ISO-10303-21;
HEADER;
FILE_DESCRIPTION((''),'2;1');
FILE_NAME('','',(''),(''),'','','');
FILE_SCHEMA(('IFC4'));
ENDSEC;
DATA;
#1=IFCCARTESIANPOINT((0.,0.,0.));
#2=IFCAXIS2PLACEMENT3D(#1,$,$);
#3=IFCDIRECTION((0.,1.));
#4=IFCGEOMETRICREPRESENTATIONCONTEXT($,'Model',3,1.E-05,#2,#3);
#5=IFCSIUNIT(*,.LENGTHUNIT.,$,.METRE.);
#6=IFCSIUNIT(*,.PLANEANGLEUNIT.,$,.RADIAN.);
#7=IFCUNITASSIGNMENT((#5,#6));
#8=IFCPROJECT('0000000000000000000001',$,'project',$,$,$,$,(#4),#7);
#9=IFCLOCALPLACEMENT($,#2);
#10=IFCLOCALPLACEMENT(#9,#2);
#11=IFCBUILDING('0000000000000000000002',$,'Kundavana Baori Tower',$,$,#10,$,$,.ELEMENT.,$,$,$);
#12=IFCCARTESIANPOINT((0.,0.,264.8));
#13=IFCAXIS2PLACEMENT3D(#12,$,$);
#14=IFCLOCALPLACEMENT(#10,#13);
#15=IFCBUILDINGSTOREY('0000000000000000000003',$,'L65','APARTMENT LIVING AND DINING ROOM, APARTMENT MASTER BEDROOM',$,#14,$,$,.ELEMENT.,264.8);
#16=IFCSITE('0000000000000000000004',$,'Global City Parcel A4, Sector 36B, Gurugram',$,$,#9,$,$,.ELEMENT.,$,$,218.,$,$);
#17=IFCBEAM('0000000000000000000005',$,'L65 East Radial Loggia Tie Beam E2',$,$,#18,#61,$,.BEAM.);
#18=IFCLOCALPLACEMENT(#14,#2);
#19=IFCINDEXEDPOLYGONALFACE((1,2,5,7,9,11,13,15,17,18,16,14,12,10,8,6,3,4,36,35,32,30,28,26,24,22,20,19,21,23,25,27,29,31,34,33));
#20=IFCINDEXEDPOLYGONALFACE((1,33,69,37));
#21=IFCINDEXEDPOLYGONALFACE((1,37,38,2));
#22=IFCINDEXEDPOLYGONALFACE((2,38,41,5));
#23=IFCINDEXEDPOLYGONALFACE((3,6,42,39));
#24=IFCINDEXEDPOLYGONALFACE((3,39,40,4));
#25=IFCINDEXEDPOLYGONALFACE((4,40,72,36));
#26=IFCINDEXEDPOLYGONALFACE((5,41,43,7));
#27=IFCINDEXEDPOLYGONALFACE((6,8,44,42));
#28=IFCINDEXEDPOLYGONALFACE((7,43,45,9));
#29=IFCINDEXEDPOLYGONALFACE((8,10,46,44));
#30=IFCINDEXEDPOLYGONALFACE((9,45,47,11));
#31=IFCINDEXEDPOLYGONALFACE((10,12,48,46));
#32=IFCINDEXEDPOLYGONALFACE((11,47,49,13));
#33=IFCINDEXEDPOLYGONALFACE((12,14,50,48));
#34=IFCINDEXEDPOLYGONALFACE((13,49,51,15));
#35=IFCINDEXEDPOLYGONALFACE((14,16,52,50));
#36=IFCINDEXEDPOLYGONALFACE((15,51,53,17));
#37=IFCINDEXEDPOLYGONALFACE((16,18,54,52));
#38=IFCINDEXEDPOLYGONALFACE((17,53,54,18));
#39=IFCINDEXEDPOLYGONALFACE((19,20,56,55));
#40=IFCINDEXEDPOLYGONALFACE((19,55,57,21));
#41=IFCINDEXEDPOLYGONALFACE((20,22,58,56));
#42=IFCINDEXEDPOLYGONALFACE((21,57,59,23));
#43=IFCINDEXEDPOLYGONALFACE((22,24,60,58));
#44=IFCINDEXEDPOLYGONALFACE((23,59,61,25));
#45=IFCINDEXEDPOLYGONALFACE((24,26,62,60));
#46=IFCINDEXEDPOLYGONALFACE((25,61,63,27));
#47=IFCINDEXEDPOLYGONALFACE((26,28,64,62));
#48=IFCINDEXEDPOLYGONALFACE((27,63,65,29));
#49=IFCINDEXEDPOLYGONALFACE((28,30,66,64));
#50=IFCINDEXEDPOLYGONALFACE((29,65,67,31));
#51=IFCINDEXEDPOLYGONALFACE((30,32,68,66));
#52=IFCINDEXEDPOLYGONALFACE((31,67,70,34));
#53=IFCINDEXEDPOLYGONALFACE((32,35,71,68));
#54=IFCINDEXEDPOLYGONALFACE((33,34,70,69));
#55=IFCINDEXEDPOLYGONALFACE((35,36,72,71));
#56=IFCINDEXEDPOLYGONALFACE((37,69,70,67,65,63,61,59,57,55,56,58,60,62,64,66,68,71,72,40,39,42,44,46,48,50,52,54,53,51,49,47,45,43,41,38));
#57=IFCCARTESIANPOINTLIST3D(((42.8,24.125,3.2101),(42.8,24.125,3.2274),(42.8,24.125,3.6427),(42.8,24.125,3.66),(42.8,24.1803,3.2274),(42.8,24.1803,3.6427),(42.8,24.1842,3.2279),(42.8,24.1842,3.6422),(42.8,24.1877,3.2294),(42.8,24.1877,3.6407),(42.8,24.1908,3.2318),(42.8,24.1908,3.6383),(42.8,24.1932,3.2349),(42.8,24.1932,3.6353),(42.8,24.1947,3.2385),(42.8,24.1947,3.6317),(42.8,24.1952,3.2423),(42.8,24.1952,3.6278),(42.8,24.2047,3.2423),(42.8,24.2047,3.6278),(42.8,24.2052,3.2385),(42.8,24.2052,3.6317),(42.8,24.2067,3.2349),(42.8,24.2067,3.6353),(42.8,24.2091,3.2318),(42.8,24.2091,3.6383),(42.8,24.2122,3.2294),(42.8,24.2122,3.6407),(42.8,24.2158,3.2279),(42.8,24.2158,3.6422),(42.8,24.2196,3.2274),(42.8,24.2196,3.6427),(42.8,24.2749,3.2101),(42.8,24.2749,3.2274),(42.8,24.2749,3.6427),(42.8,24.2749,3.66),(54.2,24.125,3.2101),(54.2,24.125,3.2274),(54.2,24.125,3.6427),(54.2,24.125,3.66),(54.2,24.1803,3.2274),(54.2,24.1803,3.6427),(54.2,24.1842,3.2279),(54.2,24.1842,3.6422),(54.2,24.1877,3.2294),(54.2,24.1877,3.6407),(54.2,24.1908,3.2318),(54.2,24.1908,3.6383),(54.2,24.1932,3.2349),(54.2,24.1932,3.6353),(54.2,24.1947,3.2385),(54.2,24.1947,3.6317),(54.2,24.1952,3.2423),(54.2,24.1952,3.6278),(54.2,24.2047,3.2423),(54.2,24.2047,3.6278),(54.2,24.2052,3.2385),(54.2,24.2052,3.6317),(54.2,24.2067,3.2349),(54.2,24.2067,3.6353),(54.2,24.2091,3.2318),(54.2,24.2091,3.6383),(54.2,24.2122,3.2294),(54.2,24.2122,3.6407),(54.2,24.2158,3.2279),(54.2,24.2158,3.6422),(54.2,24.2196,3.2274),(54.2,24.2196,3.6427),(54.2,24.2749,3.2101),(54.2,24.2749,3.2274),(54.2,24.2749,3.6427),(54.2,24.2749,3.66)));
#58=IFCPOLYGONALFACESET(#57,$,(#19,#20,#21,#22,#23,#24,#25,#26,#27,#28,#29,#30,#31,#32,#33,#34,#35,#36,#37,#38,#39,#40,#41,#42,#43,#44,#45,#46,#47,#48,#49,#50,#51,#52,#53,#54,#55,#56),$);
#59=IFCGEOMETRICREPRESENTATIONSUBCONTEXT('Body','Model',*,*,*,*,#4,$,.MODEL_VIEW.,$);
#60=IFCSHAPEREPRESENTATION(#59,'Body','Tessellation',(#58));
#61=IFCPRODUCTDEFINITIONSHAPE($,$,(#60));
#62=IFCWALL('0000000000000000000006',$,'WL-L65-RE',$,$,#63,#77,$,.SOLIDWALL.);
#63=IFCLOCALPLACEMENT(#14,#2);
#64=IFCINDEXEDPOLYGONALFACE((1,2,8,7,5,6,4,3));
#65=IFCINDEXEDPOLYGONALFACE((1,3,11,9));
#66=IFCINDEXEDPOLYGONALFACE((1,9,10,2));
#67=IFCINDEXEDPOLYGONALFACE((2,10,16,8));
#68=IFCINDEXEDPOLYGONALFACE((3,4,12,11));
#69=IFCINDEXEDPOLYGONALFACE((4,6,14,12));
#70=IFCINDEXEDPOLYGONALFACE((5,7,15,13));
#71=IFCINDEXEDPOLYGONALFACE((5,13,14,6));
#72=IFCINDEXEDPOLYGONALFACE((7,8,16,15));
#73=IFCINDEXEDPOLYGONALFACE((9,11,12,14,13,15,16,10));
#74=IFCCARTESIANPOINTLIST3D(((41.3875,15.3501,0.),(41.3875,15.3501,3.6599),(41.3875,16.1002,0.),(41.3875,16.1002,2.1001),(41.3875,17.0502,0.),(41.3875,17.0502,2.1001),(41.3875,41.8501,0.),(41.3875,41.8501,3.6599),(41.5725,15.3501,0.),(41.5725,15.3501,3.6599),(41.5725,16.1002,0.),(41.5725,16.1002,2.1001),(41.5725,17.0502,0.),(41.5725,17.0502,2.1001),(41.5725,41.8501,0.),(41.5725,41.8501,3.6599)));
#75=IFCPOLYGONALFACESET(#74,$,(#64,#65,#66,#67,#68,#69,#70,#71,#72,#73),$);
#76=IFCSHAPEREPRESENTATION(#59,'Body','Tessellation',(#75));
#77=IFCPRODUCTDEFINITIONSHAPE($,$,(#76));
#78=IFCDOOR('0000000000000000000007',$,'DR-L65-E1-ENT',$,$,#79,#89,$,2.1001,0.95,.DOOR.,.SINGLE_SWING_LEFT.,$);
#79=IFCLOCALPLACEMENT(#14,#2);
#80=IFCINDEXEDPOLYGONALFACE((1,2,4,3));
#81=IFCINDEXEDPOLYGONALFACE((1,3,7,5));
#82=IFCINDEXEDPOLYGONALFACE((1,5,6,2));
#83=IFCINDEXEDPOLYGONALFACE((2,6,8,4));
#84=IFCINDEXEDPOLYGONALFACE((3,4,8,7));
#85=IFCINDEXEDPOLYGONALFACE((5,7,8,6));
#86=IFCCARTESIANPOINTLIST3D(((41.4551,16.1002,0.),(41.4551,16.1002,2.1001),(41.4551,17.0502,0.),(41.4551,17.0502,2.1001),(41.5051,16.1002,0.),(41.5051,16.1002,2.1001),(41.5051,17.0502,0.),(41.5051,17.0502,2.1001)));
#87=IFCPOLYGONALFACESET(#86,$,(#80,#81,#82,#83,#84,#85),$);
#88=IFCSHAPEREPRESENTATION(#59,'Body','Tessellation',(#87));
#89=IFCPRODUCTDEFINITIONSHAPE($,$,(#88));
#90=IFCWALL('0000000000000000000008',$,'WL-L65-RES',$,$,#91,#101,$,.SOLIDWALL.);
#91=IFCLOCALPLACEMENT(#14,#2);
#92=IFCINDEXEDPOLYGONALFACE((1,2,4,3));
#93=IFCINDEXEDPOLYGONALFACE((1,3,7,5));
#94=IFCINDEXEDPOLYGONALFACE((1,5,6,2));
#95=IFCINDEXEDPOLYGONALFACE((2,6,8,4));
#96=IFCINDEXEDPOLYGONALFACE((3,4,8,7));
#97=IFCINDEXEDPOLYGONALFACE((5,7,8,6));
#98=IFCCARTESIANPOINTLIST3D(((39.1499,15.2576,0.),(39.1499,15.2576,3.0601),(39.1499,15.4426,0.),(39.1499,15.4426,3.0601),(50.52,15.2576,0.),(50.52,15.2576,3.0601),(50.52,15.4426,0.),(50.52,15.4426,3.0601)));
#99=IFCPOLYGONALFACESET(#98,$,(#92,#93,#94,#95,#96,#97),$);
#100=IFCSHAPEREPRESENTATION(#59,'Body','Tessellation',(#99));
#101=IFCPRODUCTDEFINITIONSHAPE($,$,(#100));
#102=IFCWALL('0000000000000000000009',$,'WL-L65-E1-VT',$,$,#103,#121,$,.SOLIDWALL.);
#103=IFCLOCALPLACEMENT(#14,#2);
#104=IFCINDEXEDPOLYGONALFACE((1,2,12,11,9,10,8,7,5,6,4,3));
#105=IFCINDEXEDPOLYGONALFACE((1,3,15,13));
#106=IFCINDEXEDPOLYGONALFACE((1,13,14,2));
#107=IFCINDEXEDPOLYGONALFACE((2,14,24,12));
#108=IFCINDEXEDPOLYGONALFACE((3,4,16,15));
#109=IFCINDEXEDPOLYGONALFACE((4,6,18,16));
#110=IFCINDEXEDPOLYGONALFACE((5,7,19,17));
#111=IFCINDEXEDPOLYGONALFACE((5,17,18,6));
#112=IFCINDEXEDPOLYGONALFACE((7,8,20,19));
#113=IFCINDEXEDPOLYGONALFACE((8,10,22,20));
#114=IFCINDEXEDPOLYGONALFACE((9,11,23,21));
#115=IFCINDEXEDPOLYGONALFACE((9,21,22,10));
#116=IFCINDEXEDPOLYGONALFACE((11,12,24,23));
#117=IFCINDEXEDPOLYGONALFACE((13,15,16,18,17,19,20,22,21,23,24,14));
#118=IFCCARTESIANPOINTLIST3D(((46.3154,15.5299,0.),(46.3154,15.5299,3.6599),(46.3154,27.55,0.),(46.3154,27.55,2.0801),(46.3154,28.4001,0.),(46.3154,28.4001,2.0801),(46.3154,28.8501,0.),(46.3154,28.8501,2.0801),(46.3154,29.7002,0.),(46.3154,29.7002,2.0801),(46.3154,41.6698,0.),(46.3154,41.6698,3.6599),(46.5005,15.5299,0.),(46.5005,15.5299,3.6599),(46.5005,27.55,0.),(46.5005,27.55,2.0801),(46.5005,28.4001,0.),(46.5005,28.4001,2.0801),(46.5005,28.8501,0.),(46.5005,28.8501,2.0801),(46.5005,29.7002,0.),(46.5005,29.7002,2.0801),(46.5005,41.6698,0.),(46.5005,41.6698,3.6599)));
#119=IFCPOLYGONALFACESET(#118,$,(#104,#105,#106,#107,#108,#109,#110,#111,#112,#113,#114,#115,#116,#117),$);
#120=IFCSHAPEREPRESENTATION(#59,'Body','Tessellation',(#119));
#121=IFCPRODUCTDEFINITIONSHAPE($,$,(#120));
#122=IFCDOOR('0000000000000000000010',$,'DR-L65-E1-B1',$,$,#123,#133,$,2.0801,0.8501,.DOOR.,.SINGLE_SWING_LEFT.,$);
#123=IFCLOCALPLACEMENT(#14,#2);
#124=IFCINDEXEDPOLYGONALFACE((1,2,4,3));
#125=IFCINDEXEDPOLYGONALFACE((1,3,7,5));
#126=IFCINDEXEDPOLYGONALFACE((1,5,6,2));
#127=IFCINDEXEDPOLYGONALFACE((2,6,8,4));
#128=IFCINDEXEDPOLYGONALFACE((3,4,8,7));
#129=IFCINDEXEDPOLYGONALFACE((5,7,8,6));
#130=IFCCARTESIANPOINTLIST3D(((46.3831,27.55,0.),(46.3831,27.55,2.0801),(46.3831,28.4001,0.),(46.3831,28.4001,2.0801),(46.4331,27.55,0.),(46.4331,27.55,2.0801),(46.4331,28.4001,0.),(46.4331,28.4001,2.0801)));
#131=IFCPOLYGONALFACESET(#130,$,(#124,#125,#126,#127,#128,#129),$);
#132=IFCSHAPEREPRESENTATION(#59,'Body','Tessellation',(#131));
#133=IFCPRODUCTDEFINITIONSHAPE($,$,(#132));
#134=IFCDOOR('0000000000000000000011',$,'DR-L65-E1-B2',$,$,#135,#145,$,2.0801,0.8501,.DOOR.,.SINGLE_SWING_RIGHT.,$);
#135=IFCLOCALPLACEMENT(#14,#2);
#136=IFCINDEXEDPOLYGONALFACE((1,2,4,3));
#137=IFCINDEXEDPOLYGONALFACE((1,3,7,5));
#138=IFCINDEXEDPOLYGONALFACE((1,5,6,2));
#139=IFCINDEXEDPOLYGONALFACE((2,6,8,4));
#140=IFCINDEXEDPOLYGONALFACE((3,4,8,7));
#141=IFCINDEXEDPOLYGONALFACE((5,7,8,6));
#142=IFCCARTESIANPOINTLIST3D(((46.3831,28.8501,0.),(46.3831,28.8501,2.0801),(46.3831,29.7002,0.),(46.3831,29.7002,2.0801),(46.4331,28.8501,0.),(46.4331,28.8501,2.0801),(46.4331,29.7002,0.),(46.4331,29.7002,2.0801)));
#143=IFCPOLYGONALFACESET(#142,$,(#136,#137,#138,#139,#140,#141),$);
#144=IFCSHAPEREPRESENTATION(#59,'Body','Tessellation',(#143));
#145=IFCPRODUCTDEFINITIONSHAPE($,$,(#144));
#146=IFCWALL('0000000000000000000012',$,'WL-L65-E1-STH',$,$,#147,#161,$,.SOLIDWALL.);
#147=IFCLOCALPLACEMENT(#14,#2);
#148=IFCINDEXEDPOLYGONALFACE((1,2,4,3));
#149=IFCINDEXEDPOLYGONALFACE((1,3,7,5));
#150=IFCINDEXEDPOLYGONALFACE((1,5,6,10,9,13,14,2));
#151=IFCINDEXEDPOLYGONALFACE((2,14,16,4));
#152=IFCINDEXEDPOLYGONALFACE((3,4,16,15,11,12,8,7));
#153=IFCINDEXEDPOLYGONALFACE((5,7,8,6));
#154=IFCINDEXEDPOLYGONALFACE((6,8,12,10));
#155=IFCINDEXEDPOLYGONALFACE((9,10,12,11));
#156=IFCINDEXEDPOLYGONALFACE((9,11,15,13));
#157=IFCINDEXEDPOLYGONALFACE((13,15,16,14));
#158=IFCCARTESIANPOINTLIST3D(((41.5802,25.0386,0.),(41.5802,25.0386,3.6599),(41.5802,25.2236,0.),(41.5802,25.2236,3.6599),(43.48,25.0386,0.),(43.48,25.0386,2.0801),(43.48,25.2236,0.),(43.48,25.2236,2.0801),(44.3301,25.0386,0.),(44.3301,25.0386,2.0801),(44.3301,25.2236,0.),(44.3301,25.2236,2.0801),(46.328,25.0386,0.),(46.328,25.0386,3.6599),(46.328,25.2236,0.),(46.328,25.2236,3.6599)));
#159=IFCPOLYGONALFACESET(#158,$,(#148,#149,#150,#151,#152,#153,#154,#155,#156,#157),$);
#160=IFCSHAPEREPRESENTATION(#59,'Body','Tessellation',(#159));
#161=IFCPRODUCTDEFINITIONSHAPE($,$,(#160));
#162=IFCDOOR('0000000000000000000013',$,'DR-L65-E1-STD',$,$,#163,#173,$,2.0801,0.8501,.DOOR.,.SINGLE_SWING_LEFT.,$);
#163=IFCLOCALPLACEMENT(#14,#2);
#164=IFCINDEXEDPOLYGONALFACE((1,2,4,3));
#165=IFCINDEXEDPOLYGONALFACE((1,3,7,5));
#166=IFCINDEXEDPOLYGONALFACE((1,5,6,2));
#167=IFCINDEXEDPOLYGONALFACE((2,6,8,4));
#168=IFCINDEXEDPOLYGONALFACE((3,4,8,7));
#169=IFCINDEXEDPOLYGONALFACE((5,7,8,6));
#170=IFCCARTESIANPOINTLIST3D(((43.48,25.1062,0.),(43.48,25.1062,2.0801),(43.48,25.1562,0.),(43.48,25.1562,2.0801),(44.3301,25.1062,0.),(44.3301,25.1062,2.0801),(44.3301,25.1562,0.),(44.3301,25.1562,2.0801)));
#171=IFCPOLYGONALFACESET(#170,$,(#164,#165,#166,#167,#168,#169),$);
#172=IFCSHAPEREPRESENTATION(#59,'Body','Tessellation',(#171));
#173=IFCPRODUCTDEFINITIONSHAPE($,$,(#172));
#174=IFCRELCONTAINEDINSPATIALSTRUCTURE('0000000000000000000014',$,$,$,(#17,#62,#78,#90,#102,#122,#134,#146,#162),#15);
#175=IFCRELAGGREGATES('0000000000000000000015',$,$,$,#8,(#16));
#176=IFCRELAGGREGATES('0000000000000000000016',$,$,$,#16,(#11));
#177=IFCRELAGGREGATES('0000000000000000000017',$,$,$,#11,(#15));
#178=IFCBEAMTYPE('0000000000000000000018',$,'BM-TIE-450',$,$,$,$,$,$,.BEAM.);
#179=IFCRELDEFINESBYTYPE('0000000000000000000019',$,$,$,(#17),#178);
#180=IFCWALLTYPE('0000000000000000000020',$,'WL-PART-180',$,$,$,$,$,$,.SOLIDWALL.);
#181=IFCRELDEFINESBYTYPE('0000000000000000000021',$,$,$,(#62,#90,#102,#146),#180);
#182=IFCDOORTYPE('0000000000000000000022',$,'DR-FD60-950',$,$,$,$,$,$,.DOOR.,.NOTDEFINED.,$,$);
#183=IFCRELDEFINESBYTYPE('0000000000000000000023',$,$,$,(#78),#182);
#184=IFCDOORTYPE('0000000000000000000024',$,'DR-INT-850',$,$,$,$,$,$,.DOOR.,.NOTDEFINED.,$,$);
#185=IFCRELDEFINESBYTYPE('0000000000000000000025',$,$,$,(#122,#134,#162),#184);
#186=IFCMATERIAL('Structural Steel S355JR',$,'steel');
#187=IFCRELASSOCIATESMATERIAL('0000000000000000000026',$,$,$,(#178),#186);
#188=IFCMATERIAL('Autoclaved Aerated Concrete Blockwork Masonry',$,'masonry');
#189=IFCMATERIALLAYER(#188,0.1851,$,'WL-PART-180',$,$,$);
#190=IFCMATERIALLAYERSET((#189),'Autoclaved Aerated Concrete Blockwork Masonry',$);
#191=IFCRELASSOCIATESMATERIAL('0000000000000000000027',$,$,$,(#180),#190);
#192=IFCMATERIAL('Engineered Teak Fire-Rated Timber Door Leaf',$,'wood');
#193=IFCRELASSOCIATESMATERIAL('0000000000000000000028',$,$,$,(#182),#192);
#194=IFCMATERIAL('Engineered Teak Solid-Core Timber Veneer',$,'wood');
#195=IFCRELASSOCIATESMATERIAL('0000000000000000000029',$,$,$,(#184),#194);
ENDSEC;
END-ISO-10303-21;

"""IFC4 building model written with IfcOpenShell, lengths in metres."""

from ifc_helpers import new_model, si_unit, direction, frame, frame_2d, origin, origin_2d, place, context, subcontext, project, spatial, rectangle, i_section, extrude, material, layer, layer_set, material_profile, profile_set, type_object, element, fill, save


model = new_model("IFC4")

# Units and contexts
model_context = context("Model", 3, precision=1e-05, world=origin(), true_north=direction((0.0, 1.0)))
body_context = subcontext(model_context, "Body", "Model", "MODEL_VIEW")
ifc_project = project(units=[si_unit("LENGTHUNIT", "METRE"), si_unit("PLANEANGLEUNIT", "RADIAN")], contexts=[model_context])

# Site, building, storey
site_placement = place(None, origin())
site = spatial("IfcSite", under=ifc_project, at=site_placement, Name="Global City Parcel A4, Sector 36B, Gurugram", CompositionType="ELEMENT", RefElevation=218.0)
building_placement = place(site_placement, origin())
building = spatial("IfcBuilding", under=site, at=building_placement, Name="Kundavana Baori Tower", CompositionType="ELEMENT")
storey_placement = place(building_placement, frame((0.0, 0.0, 264.8)))
storey = spatial("IfcBuildingStorey", under=building, at=storey_placement, Name="L65", Description="APARTMENT LIVING AND DINING ROOM, APARTMENT MASTER BEDROOM", CompositionType="ELEMENT", Elevation=264.8)

# Beam
ifc_material_1 = material(Name="Structural Steel S355JR", Category="steel")
ifc_material_profile_1 = material_profile(ifc_material_1, i_section(OverallWidth=0.1499, OverallDepth=0.45, WebThickness=0.0095, FlangeThickness=0.0173, FilletRadius=0.0149, at=origin_2d()), Name="ISMB 450")
ifc_profile_set_1 = profile_set([ifc_material_profile_1], Name="Structural Steel S355JR")
beam_type_1 = type_object("IfcBeamType", Name="BM-TIE-450", PredefinedType="BEAM", material=ifc_profile_set_1)
beam_1_placement = place(storey_placement, frame((42.8, 24.2, 3.4351), z_axis=(1.0, 0.0, 0.0), x_axis=(0.0, 1.0, 0.0)))
element("IfcBeam", 1, at=beam_1_placement, inside=storey, type_object=beam_type_1, Name="L65 East Radial Loggia Tie Beam E2", PredefinedType="BEAM", context=body_context, shape_type="SweptSolid", body=[
    extrude(i_section(OverallWidth=0.1499, OverallDepth=0.45, WebThickness=0.0095, FlangeThickness=0.0173, FilletRadius=0.0149, at=origin_2d()), origin(), (0.0, 0.0, 1.0), 11.3999),
])

# Wall, opening, door
ifc_material_2 = material(Name="Autoclaved Aerated Concrete Blockwork Masonry", Category="masonry")
ifc_layer = layer(ifc_material_2, 0.1851, Name="WL-PART-180")
ifc_layer_set = layer_set([ifc_layer], Name="Autoclaved Aerated Concrete Blockwork Masonry")
wall_type = type_object("IfcWallType", Name="WL-PART-180", PredefinedType="SOLIDWALL", material=ifc_layer_set)
wall_1_placement = place(storey_placement, frame((41.48, 15.3501, 0.0), z_axis=(0.0, 0.0, 1.0), x_axis=(0.0, 1.0, 0.0)))
wall_1 = element("IfcWall", 2, at=wall_1_placement, inside=storey, type_object=wall_type, Name="WL-L65-RE", PredefinedType="SOLIDWALL", context=body_context, shape_type="SweptSolid", body=[
    extrude(rectangle(XDim=26.5, YDim=0.1851, at=frame_2d((13.25, 0.0))), origin(), (0.0, 0.0, 1.0), 3.6599),
])
opening_1_placement = place(wall_1_placement, frame((0.75, 0.0, 0.0)))
opening_1 = element("IfcOpeningElement", 3, at=opening_1_placement, cuts=wall_1, PredefinedType="OPENING", context=body_context, shape_type="SweptSolid", body=[
    extrude(rectangle(XDim=0.95, YDim=2.1001, at=frame_2d((0.4751, 1.05))), frame((0.0, 0.1025, 0.0), z_axis=(0.0, -1.0, 0.0), x_axis=(1.0, 0.0, 0.0)), (0.0, 0.0, 1.0), 0.2051),
])
ifc_material_3 = material(Name="Engineered Teak Fire-Rated Timber Door Leaf", Category="wood")
door_type_1 = type_object("IfcDoorType", Name="DR-FD60-950", OperationType="NOTDEFINED", PredefinedType="DOOR", material=ifc_material_3)
door_1_placement = place(opening_1_placement, origin())
door_1 = element("IfcDoor", 4, at=door_1_placement, inside=storey, type_object=door_type_1, Name="DR-L65-E1-ENT", OperationType="SINGLE_SWING_LEFT", OverallHeight=2.1001, OverallWidth=0.95, PredefinedType="DOOR", context=body_context, shape_type="SweptSolid", body=[
    extrude(rectangle(XDim=0.95, YDim=2.1001, at=frame_2d((0.4751, 1.05))), frame((0.0, 0.0249, 0.0), z_axis=(0.0, -1.0, 0.0), x_axis=(1.0, 0.0, 0.0)), (0.0, 0.0, 1.0), 0.05),
])
fill(opening_1, door_1)

# Wall
wall_2_placement = place(storey_placement, frame((39.1499, 15.3501, 0.0), z_axis=(0.0, 0.0, 1.0), x_axis=(1.0, 0.0, 0.0)))
element("IfcWall", 5, at=wall_2_placement, inside=storey, type_object=wall_type, Name="WL-L65-RES", PredefinedType="SOLIDWALL", context=body_context, shape_type="SweptSolid", body=[
    extrude(rectangle(XDim=11.3701, YDim=0.1851, at=frame_2d((5.6851, 0.0))), origin(), (0.0, 0.0, 1.0), 3.0601),
])

# Wall, openings, doors
wall_3_placement = place(storey_placement, frame((46.408, 15.53, 0.0), z_axis=(0.0, 0.0, 1.0), x_axis=(0.0, 1.0, 0.0)))
wall_3 = element("IfcWall", 6, at=wall_3_placement, inside=storey, type_object=wall_type, Name="WL-L65-E1-VT", PredefinedType="SOLIDWALL", context=body_context, shape_type="SweptSolid", body=[
    extrude(rectangle(XDim=26.1399, YDim=0.1851, at=frame_2d((13.0698, 0.0))), origin(), (0.0, 0.0, 1.0), 3.6599),
])
opening_2_placement = place(wall_3_placement, frame((12.02, 0.0, 0.0)))
opening_2 = element("IfcOpeningElement", 7, at=opening_2_placement, cuts=wall_3, PredefinedType="OPENING", context=body_context, shape_type="SweptSolid", body=[
    extrude(rectangle(XDim=0.8501, YDim=2.0801, at=frame_2d((0.425, 1.04))), frame((0.0, 0.1025, 0.0), z_axis=(0.0, -1.0, 0.0), x_axis=(1.0, 0.0, 0.0)), (0.0, 0.0, 1.0), 0.2051),
])
opening_3_placement = place(wall_3_placement, frame((13.3201, 0.0, 0.0)))
opening_3 = element("IfcOpeningElement", 8, at=opening_3_placement, cuts=wall_3, PredefinedType="OPENING", context=body_context, shape_type="SweptSolid", body=[
    extrude(rectangle(XDim=0.8501, YDim=2.0801, at=frame_2d((0.425, 1.04))), frame((0.0, 0.1025, 0.0), z_axis=(0.0, -1.0, 0.0), x_axis=(1.0, 0.0, 0.0)), (0.0, 0.0, 1.0), 0.2051),
])
ifc_material_4 = material(Name="Engineered Teak Solid-Core Timber Veneer", Category="wood")
door_type_2 = type_object("IfcDoorType", Name="DR-INT-850", OperationType="NOTDEFINED", PredefinedType="DOOR", material=ifc_material_4)
door_2_placement = place(opening_2_placement, origin())
door_2 = element("IfcDoor", 9, at=door_2_placement, inside=storey, type_object=door_type_2, Name="DR-L65-E1-B1", OperationType="SINGLE_SWING_LEFT", OverallHeight=2.0801, OverallWidth=0.8501, PredefinedType="DOOR", context=body_context, shape_type="SweptSolid", body=[
    extrude(rectangle(XDim=0.8501, YDim=2.0801, at=frame_2d((0.425, 1.04))), frame((0.0, 0.0249, 0.0), z_axis=(0.0, -1.0, 0.0), x_axis=(1.0, 0.0, 0.0)), (0.0, 0.0, 1.0), 0.05),
])
fill(opening_2, door_2)
door_3_placement = place(opening_3_placement, origin())
door_3 = element("IfcDoor", 10, at=door_3_placement, inside=storey, type_object=door_type_2, Name="DR-L65-E1-B2", OperationType="SINGLE_SWING_RIGHT", OverallHeight=2.0801, OverallWidth=0.8501, PredefinedType="DOOR", context=body_context, shape_type="SweptSolid", body=[
    extrude(rectangle(XDim=0.8501, YDim=2.0801, at=frame_2d((0.425, 1.04))), frame((0.0, 0.0249, 0.0), z_axis=(0.0, -1.0, 0.0), x_axis=(1.0, 0.0, 0.0)), (0.0, 0.0, 1.0), 0.05),
])
fill(opening_3, door_3)

# Wall, opening, door
wall_4_placement = place(storey_placement, frame((41.5801, 25.1311, 0.0), z_axis=(0.0, 0.0, 1.0), x_axis=(1.0, 0.0, 0.0)))
wall_4 = element("IfcWall", 11, at=wall_4_placement, inside=storey, type_object=wall_type, Name="WL-L65-E1-STH", PredefinedType="SOLIDWALL", context=body_context, shape_type="SweptSolid", body=[
    extrude(rectangle(XDim=4.7478, YDim=0.1851, at=frame_2d((2.374, 0.0))), origin(), (0.0, 0.0, 1.0), 3.6599),
])
opening_4_placement = place(wall_4_placement, frame((1.8999, 0.0, 0.0)))
opening_4 = element("IfcOpeningElement", 12, at=opening_4_placement, cuts=wall_4, PredefinedType="OPENING", context=body_context, shape_type="SweptSolid", body=[
    extrude(rectangle(XDim=0.8501, YDim=2.0801, at=frame_2d((0.425, 1.04))), frame((0.0, 0.1025, 0.0), z_axis=(0.0, -1.0, 0.0), x_axis=(1.0, 0.0, 0.0)), (0.0, 0.0, 1.0), 0.2051),
])
door_4_placement = place(opening_4_placement, frame((0.8501, 0.0, 0.0), z_axis=(0.0, 0.0, 1.0), x_axis=(-1.0, 0.0, 0.0)))
door_4 = element("IfcDoor", 13, at=door_4_placement, inside=storey, type_object=door_type_2, Name="DR-L65-E1-STD", OperationType="SINGLE_SWING_LEFT", OverallHeight=2.0801, OverallWidth=0.8501, PredefinedType="DOOR", context=body_context, shape_type="SweptSolid", body=[
    extrude(rectangle(XDim=0.8501, YDim=2.0801, at=frame_2d((0.425, 1.04))), frame((0.0, 0.0249, 0.0), z_axis=(0.0, -1.0, 0.0), x_axis=(1.0, 0.0, 0.0)), (0.0, 0.0, 1.0), 0.05),
])
fill(opening_4, door_4)

save(model, "model.ifc")
